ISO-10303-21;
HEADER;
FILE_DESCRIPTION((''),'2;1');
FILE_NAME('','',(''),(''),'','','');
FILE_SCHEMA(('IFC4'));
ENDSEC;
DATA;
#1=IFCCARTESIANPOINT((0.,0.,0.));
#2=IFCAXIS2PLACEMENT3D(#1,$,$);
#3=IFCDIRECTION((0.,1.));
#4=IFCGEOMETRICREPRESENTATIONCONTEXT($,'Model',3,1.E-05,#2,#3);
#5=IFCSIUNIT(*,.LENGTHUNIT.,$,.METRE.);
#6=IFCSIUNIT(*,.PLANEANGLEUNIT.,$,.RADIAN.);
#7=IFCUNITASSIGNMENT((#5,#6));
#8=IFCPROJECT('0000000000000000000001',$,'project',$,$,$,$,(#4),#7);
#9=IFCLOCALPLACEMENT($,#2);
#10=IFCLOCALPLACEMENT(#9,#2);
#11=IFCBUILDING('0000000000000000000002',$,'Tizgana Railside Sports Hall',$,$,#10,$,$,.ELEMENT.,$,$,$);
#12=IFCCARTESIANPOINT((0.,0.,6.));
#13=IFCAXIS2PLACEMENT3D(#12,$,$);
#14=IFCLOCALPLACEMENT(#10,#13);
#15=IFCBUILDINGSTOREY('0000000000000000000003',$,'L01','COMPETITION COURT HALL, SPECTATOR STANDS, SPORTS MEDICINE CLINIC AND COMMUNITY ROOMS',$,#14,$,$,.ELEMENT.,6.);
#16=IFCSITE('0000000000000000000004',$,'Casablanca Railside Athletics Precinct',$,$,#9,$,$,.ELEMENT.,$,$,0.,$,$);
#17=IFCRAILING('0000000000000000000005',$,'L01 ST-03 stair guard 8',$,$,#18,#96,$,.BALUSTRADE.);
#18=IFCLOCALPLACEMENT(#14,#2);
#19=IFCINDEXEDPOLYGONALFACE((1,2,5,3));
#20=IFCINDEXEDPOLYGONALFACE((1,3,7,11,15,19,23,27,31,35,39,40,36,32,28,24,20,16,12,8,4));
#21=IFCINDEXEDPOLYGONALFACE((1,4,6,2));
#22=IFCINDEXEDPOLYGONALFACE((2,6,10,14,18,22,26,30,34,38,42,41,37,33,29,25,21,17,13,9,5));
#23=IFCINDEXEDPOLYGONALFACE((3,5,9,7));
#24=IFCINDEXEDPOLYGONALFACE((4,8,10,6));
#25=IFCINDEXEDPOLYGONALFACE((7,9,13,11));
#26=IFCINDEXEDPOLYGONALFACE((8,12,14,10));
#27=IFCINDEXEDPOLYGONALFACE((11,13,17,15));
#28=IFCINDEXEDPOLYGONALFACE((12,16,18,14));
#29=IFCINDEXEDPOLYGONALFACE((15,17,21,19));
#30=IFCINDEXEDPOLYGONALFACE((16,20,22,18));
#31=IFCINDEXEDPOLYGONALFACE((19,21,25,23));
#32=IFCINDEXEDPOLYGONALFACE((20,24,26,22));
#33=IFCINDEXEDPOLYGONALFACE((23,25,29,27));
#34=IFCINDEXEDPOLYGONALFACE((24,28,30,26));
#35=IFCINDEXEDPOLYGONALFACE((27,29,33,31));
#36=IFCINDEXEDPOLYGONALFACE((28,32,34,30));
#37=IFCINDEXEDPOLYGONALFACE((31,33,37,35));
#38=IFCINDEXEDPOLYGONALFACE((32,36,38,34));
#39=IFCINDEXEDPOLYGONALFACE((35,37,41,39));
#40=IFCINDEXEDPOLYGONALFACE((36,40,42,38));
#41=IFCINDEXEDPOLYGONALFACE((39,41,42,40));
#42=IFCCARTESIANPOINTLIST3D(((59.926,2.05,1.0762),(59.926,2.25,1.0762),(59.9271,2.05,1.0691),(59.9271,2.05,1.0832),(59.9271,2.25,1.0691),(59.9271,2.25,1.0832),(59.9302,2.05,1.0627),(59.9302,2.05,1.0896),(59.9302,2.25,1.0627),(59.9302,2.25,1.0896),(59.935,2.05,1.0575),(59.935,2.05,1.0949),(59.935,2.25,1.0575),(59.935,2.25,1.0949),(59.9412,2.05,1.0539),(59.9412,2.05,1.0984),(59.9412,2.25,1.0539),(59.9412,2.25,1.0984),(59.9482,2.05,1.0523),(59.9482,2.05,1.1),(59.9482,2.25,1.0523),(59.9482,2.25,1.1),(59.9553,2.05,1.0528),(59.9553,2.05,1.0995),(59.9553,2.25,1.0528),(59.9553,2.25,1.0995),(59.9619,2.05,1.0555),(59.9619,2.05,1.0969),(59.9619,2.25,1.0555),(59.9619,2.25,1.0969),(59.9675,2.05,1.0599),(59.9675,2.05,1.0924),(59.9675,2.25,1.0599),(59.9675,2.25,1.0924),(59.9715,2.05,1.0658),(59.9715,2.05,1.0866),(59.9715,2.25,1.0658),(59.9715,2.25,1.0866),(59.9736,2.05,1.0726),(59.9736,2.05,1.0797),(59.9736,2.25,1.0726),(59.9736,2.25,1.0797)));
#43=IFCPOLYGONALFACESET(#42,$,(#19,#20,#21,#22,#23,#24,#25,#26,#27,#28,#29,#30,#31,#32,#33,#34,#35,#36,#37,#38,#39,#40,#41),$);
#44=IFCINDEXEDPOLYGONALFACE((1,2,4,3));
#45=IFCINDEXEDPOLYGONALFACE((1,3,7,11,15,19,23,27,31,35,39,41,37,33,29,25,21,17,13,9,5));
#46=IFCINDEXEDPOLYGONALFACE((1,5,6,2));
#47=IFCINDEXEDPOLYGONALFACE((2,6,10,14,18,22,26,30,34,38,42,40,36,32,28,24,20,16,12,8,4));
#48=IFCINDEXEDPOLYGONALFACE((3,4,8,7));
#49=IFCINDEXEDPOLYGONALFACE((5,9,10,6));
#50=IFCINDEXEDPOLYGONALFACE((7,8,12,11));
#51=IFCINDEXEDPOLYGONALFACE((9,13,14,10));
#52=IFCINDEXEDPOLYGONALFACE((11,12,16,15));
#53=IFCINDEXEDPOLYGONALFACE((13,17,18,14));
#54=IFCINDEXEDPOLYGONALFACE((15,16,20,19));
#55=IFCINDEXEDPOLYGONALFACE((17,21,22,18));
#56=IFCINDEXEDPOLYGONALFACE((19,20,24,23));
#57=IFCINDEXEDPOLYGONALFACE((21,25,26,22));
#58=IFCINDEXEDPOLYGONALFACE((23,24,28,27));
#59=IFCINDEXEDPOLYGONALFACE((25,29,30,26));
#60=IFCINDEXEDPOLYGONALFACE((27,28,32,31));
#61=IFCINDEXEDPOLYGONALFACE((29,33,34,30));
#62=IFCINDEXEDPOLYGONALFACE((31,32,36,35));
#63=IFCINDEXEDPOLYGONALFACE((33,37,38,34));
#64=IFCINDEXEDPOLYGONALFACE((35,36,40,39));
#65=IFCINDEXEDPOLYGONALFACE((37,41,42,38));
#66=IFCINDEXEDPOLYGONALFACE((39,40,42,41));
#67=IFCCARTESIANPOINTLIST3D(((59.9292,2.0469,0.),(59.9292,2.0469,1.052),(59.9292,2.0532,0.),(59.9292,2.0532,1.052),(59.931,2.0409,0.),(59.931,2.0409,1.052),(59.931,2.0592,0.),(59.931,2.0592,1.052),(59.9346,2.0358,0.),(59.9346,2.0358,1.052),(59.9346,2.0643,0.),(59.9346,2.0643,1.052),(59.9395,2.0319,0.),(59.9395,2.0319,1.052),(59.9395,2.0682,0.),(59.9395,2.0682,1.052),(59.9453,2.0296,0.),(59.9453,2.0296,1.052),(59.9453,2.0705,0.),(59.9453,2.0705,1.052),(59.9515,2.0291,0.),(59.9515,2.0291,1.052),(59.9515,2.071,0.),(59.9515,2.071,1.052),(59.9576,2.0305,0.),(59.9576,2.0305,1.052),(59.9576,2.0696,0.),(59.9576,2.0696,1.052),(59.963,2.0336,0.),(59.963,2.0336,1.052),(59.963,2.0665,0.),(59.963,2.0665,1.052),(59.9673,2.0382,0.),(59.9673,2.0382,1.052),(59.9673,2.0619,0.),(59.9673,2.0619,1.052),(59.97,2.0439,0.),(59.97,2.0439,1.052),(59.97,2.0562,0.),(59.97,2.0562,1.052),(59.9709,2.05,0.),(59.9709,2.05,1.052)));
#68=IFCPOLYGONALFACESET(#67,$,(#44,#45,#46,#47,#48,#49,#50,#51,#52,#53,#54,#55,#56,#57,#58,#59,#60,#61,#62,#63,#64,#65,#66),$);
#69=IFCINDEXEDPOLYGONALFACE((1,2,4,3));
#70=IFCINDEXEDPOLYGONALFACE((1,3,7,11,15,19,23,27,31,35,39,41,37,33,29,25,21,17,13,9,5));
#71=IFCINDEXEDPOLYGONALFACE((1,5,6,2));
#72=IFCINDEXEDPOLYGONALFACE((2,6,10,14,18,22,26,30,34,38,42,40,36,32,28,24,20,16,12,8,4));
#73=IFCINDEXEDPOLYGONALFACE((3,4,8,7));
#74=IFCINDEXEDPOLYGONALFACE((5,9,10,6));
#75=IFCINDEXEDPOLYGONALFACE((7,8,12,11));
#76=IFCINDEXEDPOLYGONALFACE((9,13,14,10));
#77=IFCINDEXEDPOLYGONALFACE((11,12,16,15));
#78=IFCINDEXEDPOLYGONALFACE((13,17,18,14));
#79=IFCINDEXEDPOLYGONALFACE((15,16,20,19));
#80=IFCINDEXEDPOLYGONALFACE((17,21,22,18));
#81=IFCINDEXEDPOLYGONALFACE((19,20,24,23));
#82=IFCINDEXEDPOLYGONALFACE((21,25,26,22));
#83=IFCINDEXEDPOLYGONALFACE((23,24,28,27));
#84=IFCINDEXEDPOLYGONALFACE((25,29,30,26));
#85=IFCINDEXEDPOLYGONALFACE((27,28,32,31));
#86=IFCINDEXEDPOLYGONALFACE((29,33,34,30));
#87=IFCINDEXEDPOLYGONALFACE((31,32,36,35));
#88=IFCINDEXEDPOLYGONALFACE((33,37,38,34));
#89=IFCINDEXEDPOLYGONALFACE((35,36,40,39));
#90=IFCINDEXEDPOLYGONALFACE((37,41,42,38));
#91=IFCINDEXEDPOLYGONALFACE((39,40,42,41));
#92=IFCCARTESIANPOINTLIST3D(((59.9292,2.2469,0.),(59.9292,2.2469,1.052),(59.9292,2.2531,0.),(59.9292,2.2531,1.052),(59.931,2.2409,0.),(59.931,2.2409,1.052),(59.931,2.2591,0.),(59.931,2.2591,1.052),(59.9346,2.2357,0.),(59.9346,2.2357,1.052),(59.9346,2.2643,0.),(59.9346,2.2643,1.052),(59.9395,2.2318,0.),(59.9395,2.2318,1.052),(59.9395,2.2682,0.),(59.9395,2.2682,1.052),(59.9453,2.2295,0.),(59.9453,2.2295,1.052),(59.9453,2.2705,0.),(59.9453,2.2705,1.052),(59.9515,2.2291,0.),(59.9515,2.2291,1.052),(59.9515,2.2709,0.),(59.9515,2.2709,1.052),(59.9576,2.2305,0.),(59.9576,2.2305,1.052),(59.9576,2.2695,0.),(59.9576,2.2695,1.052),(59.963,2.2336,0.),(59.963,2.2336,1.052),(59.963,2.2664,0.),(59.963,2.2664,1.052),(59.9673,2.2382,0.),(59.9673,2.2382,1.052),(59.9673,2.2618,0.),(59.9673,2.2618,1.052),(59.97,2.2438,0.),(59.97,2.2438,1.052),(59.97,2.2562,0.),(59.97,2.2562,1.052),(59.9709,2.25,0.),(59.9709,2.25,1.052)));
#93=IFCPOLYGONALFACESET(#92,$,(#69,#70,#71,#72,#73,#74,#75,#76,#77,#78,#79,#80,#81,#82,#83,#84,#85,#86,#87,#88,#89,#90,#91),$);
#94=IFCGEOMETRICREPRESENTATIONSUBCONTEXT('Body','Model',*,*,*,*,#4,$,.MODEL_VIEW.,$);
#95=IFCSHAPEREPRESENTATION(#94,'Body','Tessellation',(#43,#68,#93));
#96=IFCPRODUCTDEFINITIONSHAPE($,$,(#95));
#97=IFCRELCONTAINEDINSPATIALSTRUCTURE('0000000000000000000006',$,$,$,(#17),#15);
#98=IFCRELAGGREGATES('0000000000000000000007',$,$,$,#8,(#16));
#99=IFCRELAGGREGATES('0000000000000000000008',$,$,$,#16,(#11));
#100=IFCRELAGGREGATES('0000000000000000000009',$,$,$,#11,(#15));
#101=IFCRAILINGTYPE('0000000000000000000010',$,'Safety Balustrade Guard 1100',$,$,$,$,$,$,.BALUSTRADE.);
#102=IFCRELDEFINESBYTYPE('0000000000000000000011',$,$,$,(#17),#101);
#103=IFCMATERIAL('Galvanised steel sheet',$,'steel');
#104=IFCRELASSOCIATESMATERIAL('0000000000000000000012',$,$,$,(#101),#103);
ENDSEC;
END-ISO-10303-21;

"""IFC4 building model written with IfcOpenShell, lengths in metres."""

from ifc_helpers import new_model, si_unit, direction, frame, origin, origin_2d, place, context, subcontext, project, spatial, circle, extrude, material, type_object, element, save


model = new_model("IFC4")

# Units and contexts
model_context = context("Model", 3, precision=1e-05, world=origin(), true_north=direction((0.0, 1.0)))
body_context = subcontext(model_context, "Body", "Model", "MODEL_VIEW")
ifc_project = project(units=[si_unit("LENGTHUNIT", "METRE"), si_unit("PLANEANGLEUNIT", "RADIAN")], contexts=[model_context])

# Site, building, storey
site_placement = place(None, origin())
site = spatial("IfcSite", under=ifc_project, at=site_placement, Name="Casablanca Railside Athletics Precinct", CompositionType="ELEMENT", RefElevation=0.0)
building_placement = place(site_placement, origin())
building = spatial("IfcBuilding", under=site, at=building_placement, Name="Tizgana Railside Sports Hall", CompositionType="ELEMENT")
storey_placement = place(building_placement, frame((0.0, 0.0, 6.0)))
storey = spatial("IfcBuildingStorey", under=building, at=storey_placement, Name="L01", Description="COMPETITION COURT HALL, SPECTATOR STANDS, SPORTS MEDICINE CLINIC AND COMMUNITY ROOMS", CompositionType="ELEMENT", Elevation=6.0)

# Railing
ifc_material_1 = material(Name="Galvanised steel sheet", Category="steel")
railing_type_1 = type_object("IfcRailingType", Name="Safety Balustrade Guard 1100", PredefinedType="BALUSTRADE", material=ifc_material_1)
railing_1_placement = place(storey_placement, frame((59.95, 2.05, 0.0)))
element("IfcRailing", 1, at=railing_1_placement, inside=storey, type_object=railing_type_1, Name="L01 ST-03 stair guard 8", PredefinedType="BALUSTRADE", context=body_context, shape_type="SweptSolid", body=[
    extrude(circle(Radius=0.0239, at=origin_2d()), frame((0.0, 0.0, 1.0762), z_axis=(0.0, 1.0, 0.0), x_axis=(-1.0, 0.0, 0.0)), (0.0, 0.0, 1.0), 0.2),
    extrude(circle(Radius=0.021, at=origin_2d()), origin(), (0.0, 0.0, 1.0), 1.052),
    extrude(circle(Radius=0.021, at=origin_2d()), frame((0.0, 0.2, 0.0)), (0.0, 0.0, 1.0), 1.052),
])

save(model, "model.ifc")
